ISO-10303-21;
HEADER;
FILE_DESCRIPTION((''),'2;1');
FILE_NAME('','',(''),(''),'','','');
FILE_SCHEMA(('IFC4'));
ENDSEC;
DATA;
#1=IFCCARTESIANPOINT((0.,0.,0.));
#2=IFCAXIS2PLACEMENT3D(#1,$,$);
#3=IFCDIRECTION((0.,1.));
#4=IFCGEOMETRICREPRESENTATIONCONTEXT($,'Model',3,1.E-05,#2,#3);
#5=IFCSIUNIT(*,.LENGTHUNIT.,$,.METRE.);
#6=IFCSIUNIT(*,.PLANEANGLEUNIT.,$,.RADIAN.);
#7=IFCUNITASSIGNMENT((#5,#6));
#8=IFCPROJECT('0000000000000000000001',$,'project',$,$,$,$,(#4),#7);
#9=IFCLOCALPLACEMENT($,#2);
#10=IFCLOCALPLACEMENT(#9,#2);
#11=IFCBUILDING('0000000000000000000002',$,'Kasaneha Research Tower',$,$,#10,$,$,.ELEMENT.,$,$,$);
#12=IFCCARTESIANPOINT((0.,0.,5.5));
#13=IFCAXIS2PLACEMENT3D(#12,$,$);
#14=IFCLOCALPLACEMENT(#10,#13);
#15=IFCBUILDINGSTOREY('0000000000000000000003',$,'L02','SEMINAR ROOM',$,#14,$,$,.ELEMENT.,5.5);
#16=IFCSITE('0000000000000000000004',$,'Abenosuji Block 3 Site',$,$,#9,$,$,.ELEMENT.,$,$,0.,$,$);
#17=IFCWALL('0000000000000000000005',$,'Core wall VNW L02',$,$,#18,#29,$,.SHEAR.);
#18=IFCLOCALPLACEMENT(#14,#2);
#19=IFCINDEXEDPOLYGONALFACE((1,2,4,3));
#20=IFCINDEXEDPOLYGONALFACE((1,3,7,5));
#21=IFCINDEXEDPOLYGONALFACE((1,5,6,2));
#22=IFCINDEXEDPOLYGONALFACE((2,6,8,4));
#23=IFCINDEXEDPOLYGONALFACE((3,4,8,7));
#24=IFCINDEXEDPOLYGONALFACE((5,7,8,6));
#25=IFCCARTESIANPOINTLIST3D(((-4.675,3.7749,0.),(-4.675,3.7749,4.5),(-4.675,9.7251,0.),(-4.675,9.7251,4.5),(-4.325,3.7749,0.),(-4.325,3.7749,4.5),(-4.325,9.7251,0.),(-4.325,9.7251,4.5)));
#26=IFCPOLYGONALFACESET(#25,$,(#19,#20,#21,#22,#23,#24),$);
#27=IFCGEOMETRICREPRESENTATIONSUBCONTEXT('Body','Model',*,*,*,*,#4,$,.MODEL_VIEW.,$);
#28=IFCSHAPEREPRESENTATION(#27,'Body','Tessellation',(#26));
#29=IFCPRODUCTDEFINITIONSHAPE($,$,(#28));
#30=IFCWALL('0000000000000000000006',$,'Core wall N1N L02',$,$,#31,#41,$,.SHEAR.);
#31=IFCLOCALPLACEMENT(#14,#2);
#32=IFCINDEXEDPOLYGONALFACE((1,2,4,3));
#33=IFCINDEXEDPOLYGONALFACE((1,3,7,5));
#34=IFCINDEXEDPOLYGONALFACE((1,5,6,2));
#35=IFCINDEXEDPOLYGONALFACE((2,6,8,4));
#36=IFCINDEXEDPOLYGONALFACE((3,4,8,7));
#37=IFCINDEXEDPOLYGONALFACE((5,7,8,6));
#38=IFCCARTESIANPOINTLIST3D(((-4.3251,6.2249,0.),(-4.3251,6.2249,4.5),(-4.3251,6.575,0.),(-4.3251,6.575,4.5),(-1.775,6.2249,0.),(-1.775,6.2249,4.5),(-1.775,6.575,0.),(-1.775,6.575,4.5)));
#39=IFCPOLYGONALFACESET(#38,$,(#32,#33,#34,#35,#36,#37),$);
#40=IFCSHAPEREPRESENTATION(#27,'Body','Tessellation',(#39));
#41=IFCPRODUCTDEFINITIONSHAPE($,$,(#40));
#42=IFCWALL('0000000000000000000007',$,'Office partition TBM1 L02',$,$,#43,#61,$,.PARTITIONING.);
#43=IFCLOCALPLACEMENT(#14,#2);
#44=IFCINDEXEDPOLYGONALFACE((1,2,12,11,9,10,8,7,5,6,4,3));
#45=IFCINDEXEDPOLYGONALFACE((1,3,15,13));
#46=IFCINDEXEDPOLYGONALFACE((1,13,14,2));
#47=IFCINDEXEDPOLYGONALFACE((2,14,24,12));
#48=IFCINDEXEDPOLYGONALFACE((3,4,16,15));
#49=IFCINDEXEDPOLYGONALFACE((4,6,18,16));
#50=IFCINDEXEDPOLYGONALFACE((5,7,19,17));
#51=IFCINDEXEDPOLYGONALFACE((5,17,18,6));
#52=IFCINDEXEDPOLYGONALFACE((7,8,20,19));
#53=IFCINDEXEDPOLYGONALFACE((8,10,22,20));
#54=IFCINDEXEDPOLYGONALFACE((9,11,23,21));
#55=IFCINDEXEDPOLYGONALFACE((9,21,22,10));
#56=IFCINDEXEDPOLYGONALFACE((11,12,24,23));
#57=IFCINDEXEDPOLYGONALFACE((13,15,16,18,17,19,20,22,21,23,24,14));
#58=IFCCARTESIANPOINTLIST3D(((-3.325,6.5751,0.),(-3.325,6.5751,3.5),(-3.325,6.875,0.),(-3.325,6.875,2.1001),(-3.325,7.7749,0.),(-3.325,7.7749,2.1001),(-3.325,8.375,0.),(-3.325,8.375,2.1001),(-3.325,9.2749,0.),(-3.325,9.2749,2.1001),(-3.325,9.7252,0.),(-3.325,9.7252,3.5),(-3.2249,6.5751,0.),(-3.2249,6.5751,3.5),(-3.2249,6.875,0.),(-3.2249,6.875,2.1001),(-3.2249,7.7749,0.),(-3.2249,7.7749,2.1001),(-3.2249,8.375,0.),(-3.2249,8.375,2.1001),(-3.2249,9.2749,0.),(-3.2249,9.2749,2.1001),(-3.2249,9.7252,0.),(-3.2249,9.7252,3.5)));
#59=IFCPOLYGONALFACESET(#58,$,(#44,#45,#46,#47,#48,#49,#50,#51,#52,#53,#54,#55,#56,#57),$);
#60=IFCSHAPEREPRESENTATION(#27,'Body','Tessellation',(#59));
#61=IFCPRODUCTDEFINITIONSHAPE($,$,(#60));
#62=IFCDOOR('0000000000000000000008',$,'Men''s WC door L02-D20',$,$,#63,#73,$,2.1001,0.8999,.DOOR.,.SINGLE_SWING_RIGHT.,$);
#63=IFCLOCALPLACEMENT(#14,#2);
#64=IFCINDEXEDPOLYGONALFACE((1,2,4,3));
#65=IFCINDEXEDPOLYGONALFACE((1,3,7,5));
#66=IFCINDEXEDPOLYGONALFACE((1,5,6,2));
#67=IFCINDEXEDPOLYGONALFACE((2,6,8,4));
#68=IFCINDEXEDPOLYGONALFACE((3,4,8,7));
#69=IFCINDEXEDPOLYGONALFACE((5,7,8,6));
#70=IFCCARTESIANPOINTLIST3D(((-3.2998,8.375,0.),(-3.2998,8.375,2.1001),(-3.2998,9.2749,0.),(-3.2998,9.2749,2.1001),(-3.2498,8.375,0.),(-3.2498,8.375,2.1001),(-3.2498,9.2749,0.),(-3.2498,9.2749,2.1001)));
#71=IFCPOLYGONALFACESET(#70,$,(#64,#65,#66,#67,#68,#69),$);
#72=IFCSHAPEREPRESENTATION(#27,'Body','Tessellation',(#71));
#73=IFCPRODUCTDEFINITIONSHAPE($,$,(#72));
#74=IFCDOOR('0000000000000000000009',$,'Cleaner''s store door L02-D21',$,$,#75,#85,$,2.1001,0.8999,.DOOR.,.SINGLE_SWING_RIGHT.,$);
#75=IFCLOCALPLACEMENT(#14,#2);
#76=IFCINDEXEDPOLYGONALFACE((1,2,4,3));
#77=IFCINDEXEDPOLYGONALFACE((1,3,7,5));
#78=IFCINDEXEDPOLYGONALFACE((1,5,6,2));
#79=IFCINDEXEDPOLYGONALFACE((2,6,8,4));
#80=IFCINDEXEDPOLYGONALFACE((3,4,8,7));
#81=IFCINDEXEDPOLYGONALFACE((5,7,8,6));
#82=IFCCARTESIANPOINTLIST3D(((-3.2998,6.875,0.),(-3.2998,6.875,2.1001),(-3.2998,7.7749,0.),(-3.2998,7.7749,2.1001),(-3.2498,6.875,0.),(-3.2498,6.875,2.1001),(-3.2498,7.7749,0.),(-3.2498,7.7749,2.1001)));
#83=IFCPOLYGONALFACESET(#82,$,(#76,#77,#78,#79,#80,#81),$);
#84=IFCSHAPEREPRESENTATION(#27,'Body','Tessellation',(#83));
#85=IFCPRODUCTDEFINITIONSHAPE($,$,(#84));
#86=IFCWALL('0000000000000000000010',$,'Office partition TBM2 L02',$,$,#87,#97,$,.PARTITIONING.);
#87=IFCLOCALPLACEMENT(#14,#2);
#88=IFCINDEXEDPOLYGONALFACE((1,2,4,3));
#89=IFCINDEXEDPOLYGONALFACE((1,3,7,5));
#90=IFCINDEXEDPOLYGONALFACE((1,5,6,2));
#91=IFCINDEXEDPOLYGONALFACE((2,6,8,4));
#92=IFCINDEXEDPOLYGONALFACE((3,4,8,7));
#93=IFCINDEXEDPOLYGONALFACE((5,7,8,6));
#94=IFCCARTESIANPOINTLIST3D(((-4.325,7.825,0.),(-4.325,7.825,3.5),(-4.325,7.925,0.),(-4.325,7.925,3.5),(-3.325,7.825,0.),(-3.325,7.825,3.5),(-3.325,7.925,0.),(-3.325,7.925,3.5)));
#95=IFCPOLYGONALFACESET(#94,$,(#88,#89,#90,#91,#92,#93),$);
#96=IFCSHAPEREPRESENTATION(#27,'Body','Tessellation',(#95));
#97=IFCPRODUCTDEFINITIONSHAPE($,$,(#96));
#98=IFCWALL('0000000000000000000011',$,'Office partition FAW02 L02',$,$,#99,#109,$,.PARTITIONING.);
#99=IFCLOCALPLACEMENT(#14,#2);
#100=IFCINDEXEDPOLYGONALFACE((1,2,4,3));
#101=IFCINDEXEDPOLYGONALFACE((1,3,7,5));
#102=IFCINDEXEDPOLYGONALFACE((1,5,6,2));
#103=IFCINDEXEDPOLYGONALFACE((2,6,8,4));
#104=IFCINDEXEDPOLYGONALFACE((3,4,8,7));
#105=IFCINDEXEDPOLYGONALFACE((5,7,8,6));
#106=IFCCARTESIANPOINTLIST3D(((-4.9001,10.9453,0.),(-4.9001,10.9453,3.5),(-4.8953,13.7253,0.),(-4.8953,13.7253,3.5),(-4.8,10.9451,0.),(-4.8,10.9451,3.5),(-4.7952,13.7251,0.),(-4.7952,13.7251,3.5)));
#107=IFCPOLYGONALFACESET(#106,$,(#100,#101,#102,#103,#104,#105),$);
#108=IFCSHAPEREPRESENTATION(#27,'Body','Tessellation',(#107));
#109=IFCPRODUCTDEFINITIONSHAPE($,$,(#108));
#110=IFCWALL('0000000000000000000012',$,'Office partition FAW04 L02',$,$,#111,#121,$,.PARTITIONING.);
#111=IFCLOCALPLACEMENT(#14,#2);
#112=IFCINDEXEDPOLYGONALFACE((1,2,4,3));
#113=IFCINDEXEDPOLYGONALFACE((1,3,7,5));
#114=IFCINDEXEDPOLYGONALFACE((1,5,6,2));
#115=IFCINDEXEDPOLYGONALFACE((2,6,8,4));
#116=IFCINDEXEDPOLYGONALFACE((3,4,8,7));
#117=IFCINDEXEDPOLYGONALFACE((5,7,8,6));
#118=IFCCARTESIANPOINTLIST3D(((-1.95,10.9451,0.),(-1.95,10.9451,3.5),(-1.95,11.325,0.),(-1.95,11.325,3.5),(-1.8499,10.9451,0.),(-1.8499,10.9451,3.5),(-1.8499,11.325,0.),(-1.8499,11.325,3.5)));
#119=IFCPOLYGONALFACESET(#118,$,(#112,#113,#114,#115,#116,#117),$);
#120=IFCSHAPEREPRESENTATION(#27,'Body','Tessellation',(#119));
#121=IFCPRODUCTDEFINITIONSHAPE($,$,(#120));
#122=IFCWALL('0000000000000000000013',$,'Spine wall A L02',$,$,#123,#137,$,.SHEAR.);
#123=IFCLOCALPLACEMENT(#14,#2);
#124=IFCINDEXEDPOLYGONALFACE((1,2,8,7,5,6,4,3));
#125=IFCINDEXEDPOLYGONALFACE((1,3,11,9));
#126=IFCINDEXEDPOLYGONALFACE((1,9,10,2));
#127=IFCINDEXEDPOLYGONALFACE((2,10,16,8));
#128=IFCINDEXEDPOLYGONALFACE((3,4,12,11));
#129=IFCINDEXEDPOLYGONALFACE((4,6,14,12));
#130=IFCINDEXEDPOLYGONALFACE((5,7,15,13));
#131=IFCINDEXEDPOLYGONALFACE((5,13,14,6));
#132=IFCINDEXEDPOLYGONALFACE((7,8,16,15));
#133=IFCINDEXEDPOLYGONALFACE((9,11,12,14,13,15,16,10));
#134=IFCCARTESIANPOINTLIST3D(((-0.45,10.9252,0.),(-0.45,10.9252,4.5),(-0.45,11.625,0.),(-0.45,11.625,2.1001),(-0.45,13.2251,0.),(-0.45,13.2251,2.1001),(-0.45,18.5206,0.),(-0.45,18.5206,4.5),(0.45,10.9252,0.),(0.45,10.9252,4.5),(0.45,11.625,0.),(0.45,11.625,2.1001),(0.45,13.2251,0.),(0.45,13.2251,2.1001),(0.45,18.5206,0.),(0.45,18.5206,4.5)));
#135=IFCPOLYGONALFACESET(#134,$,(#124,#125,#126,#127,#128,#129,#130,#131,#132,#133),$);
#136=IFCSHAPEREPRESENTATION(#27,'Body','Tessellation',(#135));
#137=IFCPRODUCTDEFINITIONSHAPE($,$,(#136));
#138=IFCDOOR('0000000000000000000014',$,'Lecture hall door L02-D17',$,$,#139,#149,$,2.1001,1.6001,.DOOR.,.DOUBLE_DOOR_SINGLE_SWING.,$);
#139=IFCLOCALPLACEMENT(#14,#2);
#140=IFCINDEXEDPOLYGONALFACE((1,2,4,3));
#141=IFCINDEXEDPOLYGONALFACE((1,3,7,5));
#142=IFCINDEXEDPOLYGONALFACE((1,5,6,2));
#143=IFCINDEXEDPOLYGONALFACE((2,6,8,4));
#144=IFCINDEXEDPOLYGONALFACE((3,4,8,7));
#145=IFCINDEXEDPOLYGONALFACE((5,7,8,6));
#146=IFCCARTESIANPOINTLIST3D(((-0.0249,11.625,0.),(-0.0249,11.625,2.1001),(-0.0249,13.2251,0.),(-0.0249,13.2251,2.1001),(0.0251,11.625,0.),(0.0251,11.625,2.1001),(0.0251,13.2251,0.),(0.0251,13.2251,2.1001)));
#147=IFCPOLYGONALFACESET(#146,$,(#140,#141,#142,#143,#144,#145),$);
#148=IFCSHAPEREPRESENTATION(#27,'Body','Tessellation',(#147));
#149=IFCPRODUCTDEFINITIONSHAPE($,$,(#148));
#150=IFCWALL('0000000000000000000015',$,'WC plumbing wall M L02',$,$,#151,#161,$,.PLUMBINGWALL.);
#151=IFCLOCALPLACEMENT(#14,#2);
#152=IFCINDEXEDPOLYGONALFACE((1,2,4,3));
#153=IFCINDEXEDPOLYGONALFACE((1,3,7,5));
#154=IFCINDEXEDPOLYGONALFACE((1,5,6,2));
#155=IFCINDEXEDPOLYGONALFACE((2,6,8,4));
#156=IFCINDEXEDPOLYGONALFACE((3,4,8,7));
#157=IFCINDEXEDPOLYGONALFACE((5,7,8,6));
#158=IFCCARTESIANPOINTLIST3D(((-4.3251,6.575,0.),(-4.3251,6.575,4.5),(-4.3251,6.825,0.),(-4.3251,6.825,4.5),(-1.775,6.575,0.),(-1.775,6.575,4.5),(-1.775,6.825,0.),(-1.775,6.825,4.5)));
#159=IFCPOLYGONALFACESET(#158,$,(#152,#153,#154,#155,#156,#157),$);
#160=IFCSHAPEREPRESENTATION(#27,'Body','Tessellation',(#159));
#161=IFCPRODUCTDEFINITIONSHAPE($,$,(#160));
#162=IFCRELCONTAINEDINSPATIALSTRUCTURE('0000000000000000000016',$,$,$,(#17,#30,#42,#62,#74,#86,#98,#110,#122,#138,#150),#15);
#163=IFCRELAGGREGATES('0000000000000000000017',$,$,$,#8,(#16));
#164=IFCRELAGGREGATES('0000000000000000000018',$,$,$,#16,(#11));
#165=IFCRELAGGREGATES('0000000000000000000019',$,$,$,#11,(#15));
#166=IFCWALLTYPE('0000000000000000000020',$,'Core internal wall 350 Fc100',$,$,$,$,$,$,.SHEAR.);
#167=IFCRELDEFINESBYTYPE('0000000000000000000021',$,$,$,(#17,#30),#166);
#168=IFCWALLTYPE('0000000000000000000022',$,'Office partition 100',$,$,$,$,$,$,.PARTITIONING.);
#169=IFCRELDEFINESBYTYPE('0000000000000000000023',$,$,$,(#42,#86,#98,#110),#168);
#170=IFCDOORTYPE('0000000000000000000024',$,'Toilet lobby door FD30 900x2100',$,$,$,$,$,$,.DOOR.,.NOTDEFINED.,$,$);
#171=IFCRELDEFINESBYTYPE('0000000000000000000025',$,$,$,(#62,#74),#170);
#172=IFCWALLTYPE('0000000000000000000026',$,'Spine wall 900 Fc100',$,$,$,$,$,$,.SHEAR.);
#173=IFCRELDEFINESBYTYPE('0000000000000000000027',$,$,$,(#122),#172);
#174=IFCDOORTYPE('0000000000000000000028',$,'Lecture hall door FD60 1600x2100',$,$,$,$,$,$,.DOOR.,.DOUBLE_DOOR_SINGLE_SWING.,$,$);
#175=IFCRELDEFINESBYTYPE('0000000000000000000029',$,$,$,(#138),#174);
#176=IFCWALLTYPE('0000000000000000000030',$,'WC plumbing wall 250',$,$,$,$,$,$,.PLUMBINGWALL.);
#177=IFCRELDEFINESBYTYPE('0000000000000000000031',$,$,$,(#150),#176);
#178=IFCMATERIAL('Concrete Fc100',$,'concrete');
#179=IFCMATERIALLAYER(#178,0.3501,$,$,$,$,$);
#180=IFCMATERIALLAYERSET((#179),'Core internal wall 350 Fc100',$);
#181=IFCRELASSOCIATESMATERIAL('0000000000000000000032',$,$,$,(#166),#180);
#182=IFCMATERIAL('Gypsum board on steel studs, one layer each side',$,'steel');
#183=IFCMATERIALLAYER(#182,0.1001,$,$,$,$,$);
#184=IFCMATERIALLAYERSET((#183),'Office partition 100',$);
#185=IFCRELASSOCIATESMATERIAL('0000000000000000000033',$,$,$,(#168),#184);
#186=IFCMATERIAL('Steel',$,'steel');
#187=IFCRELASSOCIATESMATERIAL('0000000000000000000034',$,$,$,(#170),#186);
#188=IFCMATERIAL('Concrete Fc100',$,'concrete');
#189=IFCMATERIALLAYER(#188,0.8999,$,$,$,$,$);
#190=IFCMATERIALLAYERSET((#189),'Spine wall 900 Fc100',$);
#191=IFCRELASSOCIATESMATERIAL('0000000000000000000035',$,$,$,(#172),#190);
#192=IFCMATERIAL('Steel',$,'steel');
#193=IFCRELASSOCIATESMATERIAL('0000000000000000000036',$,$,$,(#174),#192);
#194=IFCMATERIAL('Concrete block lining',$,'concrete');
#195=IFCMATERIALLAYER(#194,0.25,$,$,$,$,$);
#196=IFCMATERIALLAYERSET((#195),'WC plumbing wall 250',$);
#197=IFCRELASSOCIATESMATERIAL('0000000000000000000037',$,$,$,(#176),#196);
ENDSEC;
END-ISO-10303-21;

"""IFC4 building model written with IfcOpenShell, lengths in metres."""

from ifc_helpers import new_model, si_unit, direction, frame, frame_2d, origin, place, context, subcontext, project, spatial, rectangle, extrude, material, layer, layer_set, type_object, element, fill, save


model = new_model("IFC4")

# Units and contexts
model_context = context("Model", 3, precision=1e-05, world=origin(), true_north=direction((0.0, 1.0)))
body_context = subcontext(model_context, "Body", "Model", "MODEL_VIEW")
ifc_project = project(units=[si_unit("LENGTHUNIT", "METRE"), si_unit("PLANEANGLEUNIT", "RADIAN")], contexts=[model_context])

# Site, building, storey
site_placement = place(None, origin())
site = spatial("IfcSite", under=ifc_project, at=site_placement, Name="Abenosuji Block 3 Site", CompositionType="ELEMENT", RefElevation=0.0)
building_placement = place(site_placement, origin())
building = spatial("IfcBuilding", under=site, at=building_placement, Name="Kasaneha Research Tower", CompositionType="ELEMENT")
storey_placement = place(building_placement, frame((0.0, 0.0, 5.5)))
storey = spatial("IfcBuildingStorey", under=building, at=storey_placement, Name="L02", Description="SEMINAR ROOM", CompositionType="ELEMENT", Elevation=5.5)

# Shared definitions
ifc_material_1 = material(Name="Concrete Fc100", Category="concrete")
ifc_layer_1 = layer(ifc_material_1, 0.3501)
ifc_layer_set_1 = layer_set([ifc_layer_1], Name="Core internal wall 350 Fc100")
wall_type_1 = type_object("IfcWallType", Name="Core internal wall 350 Fc100", PredefinedType="SHEAR", material=ifc_layer_set_1)

# Walls
wall_1_placement = place(storey_placement, frame((-4.5, 3.7749, 0.0), z_axis=(0.0, 0.0, 1.0), x_axis=(0.0, 1.0, 0.0)))
element("IfcWall", 1, at=wall_1_placement, inside=storey, type_object=wall_type_1, Name="Core wall VNW L02", PredefinedType="SHEAR", context=body_context, shape_type="SweptSolid", body=[
    extrude(rectangle(XDim=5.9502, YDim=0.3501, at=frame_2d((2.9751, 0.0))), origin(), (0.0, 0.0, 1.0), 4.5),
])
wall_2_placement = place(storey_placement, frame((-4.325, 6.3999, 0.0), z_axis=(0.0, 0.0, 1.0), x_axis=(1.0, 0.0, 0.0)))
element("IfcWall", 2, at=wall_2_placement, inside=storey, type_object=wall_type_1, Name="Core wall N1N L02", PredefinedType="SHEAR", context=body_context, shape_type="SweptSolid", body=[
    extrude(rectangle(XDim=2.55, YDim=0.3501, at=frame_2d((1.2749, 0.0))), origin(), (0.0, 0.0, 1.0), 4.5),
])

# Wall, openings, doors
ifc_material_2 = material(Name="Gypsum board on steel studs, one layer each side", Category="steel")
ifc_layer_2 = layer(ifc_material_2, 0.1001)
ifc_layer_set_2 = layer_set([ifc_layer_2], Name="Office partition 100")
wall_type_2 = type_object("IfcWallType", Name="Office partition 100", PredefinedType="PARTITIONING", material=ifc_layer_set_2)
wall_3_placement = place(storey_placement, frame((-3.2749, 6.575, 0.0), z_axis=(0.0, 0.0, 1.0), x_axis=(0.0, 1.0, 0.0)))
wall_3 = element("IfcWall", 3, at=wall_3_placement, inside=storey, type_object=wall_type_2, Name="Office partition TBM1 L02", PredefinedType="PARTITIONING", context=body_context, shape_type="SweptSolid", body=[
    extrude(rectangle(XDim=3.1501, YDim=0.1001, at=frame_2d((1.5752, 0.0))), origin(), (0.0, 0.0, 1.0), 3.5),
])
opening_1_placement = place(wall_3_placement, frame((1.8, 0.0, 0.0)))
opening_1 = element("IfcOpeningElement", 4, at=opening_1_placement, cuts=wall_3, PredefinedType="OPENING", context=body_context, shape_type="SweptSolid", body=[
    extrude(rectangle(XDim=0.8999, YDim=2.1001, at=frame_2d((0.45, 1.05))), frame((0.0, 0.0601, 0.0), z_axis=(0.0, -1.0, 0.0), x_axis=(1.0, 0.0, 0.0)), (0.0, 0.0, 1.0), 0.1201),
])
opening_2_placement = place(wall_3_placement, frame((0.3, 0.0, 0.0)))
opening_2 = element("IfcOpeningElement", 5, at=opening_2_placement, cuts=wall_3, PredefinedType="OPENING", context=body_context, shape_type="SweptSolid", body=[
    extrude(rectangle(XDim=0.8999, YDim=2.1001, at=frame_2d((0.45, 1.05))), frame((0.0, 0.0601, 0.0), z_axis=(0.0, -1.0, 0.0), x_axis=(1.0, 0.0, 0.0)), (0.0, 0.0, 1.0), 0.1201),
])
ifc_material_3 = material(Name="Steel", Category="steel")
door_type_1 = type_object("IfcDoorType", Name="Toilet lobby door FD30 900x2100", OperationType="NOTDEFINED", PredefinedType="DOOR", material=ifc_material_3)
door_1_placement = place(opening_1_placement, origin())
door_1 = element("IfcDoor", 6, at=door_1_placement, inside=storey, type_object=door_type_1, Name="Men's WC door L02-D20", OperationType="SINGLE_SWING_RIGHT", OverallHeight=2.1001, OverallWidth=0.8999, PredefinedType="DOOR", context=body_context, shape_type="SweptSolid", body=[
    extrude(rectangle(XDim=0.8999, YDim=2.1001, at=frame_2d((0.45, 1.05))), frame((0.0, 0.0249, 0.0), z_axis=(0.0, -1.0, 0.0), x_axis=(1.0, 0.0, 0.0)), (0.0, 0.0, 1.0), 0.05),
])
fill(opening_1, door_1)
door_2_placement = place(opening_2_placement, origin())
door_2 = element("IfcDoor", 7, at=door_2_placement, inside=storey, type_object=door_type_1, Name="Cleaner's store door L02-D21", OperationType="SINGLE_SWING_RIGHT", OverallHeight=2.1001, OverallWidth=0.8999, PredefinedType="DOOR", context=body_context, shape_type="SweptSolid", body=[
    extrude(rectangle(XDim=0.8999, YDim=2.1001, at=frame_2d((0.45, 1.05))), frame((0.0, 0.0249, 0.0), z_axis=(0.0, -1.0, 0.0), x_axis=(1.0, 0.0, 0.0)), (0.0, 0.0, 1.0), 0.05),
])
fill(opening_2, door_2)

# Walls
wall_4_placement = place(storey_placement, frame((-3.325, 7.875, 0.0), z_axis=(0.0, 0.0, 1.0), x_axis=(-1.0, 0.0, 0.0)))
element("IfcWall", 8, at=wall_4_placement, inside=storey, type_object=wall_type_2, Name="Office partition TBM2 L02", PredefinedType="PARTITIONING", context=body_context, shape_type="SweptSolid", body=[
    extrude(rectangle(XDim=1.0, YDim=0.1001, at=frame_2d((0.5, 0.0))), origin(), (0.0, 0.0, 1.0), 3.5),
])
wall_5_placement = place(storey_placement, frame((-4.8501, 10.9451, 0.0), z_axis=(0.0, 0.0, 1.0), x_axis=(0.001756, 0.999998, 0.0)))
element("IfcWall", 9, at=wall_5_placement, inside=storey, type_object=wall_type_2, Name="Office partition FAW02 L02", PredefinedType="PARTITIONING", context=body_context, shape_type="SweptSolid", body=[
    extrude(rectangle(XDim=2.78, YDim=0.1001, at=frame_2d((1.3901, 0.0))), origin(), (0.0, 0.0, 1.0), 3.5),
])
wall_6_placement = place(storey_placement, frame((-1.8999, 11.325, 0.0), z_axis=(0.0, 0.0, 1.0), x_axis=(0.0, -1.0, 0.0)))
element("IfcWall", 10, at=wall_6_placement, inside=storey, type_object=wall_type_2, Name="Office partition FAW04 L02", PredefinedType="PARTITIONING", context=body_context, shape_type="SweptSolid", body=[
    extrude(rectangle(XDim=0.3799, YDim=0.1001, at=frame_2d((0.1899, 0.0))), origin(), (0.0, 0.0, 1.0), 3.5),
])

# Wall, opening, door
ifc_material_4 = material(Name="Concrete Fc100", Category="concrete")
ifc_layer_3 = layer(ifc_material_4, 0.8999)
ifc_layer_set_3 = layer_set([ifc_layer_3], Name="Spine wall 900 Fc100")
wall_type_3 = type_object("IfcWallType", Name="Spine wall 900 Fc100", PredefinedType="SHEAR", material=ifc_layer_set_3)
wall_7_placement = place(storey_placement, frame((0.0, 10.925, 0.0), z_axis=(0.0, 0.0, 1.0), x_axis=(0.0, 1.0, 0.0)))
wall_7 = element("IfcWall", 11, at=wall_7_placement, inside=storey, type_object=wall_type_3, Name="Spine wall A L02", PredefinedType="SHEAR", context=body_context, shape_type="SweptSolid", body=[
    extrude(rectangle(XDim=7.5955, YDim=0.8999, at=frame_2d((3.7979, 0.0))), origin(), (0.0, 0.0, 1.0), 4.5),
])
opening_3_placement = place(wall_7_placement, frame((0.7, 0.0, 0.0)))
opening_3 = element("IfcOpeningElement", 12, at=opening_3_placement, cuts=wall_7, PredefinedType="OPENING", context=body_context, shape_type="SweptSolid", body=[
    extrude(rectangle(XDim=1.6001, YDim=2.1001, at=frame_2d((0.8, 1.05))), frame((0.0, 0.46, 0.0), z_axis=(0.0, -1.0, 0.0), x_axis=(1.0, 0.0, 0.0)), (0.0, 0.0, 1.0), 0.9199),
])
ifc_material_5 = material(Name="Steel", Category="steel")
door_type_2 = type_object("IfcDoorType", Name="Lecture hall door FD60 1600x2100", OperationType="DOUBLE_DOOR_SINGLE_SWING", PredefinedType="DOOR", material=ifc_material_5)
door_3_placement = place(opening_3_placement, origin())
door_3 = element("IfcDoor", 13, at=door_3_placement, inside=storey, type_object=door_type_2, Name="Lecture hall door L02-D17", OperationType="DOUBLE_DOOR_SINGLE_SWING", OverallHeight=2.1001, OverallWidth=1.6001, PredefinedType="DOOR", context=body_context, shape_type="SweptSolid", body=[
    extrude(rectangle(XDim=1.6001, YDim=2.1001, at=frame_2d((0.8, 1.05))), frame((0.0, 0.0249, 0.0), z_axis=(0.0, -1.0, 0.0), x_axis=(1.0, 0.0, 0.0)), (0.0, 0.0, 1.0), 0.05),
])
fill(opening_3, door_3)

# Wall
ifc_material_6 = material(Name="Concrete block lining", Category="concrete")
ifc_layer_4 = layer(ifc_material_6, 0.25)
ifc_layer_set_4 = layer_set([ifc_layer_4], Name="WC plumbing wall 250")
wall_type_4 = type_object("IfcWallType", Name="WC plumbing wall 250", PredefinedType="PLUMBINGWALL", material=ifc_layer_set_4)
wall_8_placement = place(storey_placement, frame((-4.325, 6.7, 0.0), z_axis=(0.0, 0.0, 1.0), x_axis=(1.0, 0.0, 0.0)))
element("IfcWall", 14, at=wall_8_placement, inside=storey, type_object=wall_type_4, Name="WC plumbing wall M L02", PredefinedType="PLUMBINGWALL", context=body_context, shape_type="SweptSolid", body=[
    extrude(rectangle(XDim=2.55, YDim=0.25, at=frame_2d((1.2749, 0.0))), origin(), (0.0, 0.0, 1.0), 4.5),
])

save(model, "model.ifc")
